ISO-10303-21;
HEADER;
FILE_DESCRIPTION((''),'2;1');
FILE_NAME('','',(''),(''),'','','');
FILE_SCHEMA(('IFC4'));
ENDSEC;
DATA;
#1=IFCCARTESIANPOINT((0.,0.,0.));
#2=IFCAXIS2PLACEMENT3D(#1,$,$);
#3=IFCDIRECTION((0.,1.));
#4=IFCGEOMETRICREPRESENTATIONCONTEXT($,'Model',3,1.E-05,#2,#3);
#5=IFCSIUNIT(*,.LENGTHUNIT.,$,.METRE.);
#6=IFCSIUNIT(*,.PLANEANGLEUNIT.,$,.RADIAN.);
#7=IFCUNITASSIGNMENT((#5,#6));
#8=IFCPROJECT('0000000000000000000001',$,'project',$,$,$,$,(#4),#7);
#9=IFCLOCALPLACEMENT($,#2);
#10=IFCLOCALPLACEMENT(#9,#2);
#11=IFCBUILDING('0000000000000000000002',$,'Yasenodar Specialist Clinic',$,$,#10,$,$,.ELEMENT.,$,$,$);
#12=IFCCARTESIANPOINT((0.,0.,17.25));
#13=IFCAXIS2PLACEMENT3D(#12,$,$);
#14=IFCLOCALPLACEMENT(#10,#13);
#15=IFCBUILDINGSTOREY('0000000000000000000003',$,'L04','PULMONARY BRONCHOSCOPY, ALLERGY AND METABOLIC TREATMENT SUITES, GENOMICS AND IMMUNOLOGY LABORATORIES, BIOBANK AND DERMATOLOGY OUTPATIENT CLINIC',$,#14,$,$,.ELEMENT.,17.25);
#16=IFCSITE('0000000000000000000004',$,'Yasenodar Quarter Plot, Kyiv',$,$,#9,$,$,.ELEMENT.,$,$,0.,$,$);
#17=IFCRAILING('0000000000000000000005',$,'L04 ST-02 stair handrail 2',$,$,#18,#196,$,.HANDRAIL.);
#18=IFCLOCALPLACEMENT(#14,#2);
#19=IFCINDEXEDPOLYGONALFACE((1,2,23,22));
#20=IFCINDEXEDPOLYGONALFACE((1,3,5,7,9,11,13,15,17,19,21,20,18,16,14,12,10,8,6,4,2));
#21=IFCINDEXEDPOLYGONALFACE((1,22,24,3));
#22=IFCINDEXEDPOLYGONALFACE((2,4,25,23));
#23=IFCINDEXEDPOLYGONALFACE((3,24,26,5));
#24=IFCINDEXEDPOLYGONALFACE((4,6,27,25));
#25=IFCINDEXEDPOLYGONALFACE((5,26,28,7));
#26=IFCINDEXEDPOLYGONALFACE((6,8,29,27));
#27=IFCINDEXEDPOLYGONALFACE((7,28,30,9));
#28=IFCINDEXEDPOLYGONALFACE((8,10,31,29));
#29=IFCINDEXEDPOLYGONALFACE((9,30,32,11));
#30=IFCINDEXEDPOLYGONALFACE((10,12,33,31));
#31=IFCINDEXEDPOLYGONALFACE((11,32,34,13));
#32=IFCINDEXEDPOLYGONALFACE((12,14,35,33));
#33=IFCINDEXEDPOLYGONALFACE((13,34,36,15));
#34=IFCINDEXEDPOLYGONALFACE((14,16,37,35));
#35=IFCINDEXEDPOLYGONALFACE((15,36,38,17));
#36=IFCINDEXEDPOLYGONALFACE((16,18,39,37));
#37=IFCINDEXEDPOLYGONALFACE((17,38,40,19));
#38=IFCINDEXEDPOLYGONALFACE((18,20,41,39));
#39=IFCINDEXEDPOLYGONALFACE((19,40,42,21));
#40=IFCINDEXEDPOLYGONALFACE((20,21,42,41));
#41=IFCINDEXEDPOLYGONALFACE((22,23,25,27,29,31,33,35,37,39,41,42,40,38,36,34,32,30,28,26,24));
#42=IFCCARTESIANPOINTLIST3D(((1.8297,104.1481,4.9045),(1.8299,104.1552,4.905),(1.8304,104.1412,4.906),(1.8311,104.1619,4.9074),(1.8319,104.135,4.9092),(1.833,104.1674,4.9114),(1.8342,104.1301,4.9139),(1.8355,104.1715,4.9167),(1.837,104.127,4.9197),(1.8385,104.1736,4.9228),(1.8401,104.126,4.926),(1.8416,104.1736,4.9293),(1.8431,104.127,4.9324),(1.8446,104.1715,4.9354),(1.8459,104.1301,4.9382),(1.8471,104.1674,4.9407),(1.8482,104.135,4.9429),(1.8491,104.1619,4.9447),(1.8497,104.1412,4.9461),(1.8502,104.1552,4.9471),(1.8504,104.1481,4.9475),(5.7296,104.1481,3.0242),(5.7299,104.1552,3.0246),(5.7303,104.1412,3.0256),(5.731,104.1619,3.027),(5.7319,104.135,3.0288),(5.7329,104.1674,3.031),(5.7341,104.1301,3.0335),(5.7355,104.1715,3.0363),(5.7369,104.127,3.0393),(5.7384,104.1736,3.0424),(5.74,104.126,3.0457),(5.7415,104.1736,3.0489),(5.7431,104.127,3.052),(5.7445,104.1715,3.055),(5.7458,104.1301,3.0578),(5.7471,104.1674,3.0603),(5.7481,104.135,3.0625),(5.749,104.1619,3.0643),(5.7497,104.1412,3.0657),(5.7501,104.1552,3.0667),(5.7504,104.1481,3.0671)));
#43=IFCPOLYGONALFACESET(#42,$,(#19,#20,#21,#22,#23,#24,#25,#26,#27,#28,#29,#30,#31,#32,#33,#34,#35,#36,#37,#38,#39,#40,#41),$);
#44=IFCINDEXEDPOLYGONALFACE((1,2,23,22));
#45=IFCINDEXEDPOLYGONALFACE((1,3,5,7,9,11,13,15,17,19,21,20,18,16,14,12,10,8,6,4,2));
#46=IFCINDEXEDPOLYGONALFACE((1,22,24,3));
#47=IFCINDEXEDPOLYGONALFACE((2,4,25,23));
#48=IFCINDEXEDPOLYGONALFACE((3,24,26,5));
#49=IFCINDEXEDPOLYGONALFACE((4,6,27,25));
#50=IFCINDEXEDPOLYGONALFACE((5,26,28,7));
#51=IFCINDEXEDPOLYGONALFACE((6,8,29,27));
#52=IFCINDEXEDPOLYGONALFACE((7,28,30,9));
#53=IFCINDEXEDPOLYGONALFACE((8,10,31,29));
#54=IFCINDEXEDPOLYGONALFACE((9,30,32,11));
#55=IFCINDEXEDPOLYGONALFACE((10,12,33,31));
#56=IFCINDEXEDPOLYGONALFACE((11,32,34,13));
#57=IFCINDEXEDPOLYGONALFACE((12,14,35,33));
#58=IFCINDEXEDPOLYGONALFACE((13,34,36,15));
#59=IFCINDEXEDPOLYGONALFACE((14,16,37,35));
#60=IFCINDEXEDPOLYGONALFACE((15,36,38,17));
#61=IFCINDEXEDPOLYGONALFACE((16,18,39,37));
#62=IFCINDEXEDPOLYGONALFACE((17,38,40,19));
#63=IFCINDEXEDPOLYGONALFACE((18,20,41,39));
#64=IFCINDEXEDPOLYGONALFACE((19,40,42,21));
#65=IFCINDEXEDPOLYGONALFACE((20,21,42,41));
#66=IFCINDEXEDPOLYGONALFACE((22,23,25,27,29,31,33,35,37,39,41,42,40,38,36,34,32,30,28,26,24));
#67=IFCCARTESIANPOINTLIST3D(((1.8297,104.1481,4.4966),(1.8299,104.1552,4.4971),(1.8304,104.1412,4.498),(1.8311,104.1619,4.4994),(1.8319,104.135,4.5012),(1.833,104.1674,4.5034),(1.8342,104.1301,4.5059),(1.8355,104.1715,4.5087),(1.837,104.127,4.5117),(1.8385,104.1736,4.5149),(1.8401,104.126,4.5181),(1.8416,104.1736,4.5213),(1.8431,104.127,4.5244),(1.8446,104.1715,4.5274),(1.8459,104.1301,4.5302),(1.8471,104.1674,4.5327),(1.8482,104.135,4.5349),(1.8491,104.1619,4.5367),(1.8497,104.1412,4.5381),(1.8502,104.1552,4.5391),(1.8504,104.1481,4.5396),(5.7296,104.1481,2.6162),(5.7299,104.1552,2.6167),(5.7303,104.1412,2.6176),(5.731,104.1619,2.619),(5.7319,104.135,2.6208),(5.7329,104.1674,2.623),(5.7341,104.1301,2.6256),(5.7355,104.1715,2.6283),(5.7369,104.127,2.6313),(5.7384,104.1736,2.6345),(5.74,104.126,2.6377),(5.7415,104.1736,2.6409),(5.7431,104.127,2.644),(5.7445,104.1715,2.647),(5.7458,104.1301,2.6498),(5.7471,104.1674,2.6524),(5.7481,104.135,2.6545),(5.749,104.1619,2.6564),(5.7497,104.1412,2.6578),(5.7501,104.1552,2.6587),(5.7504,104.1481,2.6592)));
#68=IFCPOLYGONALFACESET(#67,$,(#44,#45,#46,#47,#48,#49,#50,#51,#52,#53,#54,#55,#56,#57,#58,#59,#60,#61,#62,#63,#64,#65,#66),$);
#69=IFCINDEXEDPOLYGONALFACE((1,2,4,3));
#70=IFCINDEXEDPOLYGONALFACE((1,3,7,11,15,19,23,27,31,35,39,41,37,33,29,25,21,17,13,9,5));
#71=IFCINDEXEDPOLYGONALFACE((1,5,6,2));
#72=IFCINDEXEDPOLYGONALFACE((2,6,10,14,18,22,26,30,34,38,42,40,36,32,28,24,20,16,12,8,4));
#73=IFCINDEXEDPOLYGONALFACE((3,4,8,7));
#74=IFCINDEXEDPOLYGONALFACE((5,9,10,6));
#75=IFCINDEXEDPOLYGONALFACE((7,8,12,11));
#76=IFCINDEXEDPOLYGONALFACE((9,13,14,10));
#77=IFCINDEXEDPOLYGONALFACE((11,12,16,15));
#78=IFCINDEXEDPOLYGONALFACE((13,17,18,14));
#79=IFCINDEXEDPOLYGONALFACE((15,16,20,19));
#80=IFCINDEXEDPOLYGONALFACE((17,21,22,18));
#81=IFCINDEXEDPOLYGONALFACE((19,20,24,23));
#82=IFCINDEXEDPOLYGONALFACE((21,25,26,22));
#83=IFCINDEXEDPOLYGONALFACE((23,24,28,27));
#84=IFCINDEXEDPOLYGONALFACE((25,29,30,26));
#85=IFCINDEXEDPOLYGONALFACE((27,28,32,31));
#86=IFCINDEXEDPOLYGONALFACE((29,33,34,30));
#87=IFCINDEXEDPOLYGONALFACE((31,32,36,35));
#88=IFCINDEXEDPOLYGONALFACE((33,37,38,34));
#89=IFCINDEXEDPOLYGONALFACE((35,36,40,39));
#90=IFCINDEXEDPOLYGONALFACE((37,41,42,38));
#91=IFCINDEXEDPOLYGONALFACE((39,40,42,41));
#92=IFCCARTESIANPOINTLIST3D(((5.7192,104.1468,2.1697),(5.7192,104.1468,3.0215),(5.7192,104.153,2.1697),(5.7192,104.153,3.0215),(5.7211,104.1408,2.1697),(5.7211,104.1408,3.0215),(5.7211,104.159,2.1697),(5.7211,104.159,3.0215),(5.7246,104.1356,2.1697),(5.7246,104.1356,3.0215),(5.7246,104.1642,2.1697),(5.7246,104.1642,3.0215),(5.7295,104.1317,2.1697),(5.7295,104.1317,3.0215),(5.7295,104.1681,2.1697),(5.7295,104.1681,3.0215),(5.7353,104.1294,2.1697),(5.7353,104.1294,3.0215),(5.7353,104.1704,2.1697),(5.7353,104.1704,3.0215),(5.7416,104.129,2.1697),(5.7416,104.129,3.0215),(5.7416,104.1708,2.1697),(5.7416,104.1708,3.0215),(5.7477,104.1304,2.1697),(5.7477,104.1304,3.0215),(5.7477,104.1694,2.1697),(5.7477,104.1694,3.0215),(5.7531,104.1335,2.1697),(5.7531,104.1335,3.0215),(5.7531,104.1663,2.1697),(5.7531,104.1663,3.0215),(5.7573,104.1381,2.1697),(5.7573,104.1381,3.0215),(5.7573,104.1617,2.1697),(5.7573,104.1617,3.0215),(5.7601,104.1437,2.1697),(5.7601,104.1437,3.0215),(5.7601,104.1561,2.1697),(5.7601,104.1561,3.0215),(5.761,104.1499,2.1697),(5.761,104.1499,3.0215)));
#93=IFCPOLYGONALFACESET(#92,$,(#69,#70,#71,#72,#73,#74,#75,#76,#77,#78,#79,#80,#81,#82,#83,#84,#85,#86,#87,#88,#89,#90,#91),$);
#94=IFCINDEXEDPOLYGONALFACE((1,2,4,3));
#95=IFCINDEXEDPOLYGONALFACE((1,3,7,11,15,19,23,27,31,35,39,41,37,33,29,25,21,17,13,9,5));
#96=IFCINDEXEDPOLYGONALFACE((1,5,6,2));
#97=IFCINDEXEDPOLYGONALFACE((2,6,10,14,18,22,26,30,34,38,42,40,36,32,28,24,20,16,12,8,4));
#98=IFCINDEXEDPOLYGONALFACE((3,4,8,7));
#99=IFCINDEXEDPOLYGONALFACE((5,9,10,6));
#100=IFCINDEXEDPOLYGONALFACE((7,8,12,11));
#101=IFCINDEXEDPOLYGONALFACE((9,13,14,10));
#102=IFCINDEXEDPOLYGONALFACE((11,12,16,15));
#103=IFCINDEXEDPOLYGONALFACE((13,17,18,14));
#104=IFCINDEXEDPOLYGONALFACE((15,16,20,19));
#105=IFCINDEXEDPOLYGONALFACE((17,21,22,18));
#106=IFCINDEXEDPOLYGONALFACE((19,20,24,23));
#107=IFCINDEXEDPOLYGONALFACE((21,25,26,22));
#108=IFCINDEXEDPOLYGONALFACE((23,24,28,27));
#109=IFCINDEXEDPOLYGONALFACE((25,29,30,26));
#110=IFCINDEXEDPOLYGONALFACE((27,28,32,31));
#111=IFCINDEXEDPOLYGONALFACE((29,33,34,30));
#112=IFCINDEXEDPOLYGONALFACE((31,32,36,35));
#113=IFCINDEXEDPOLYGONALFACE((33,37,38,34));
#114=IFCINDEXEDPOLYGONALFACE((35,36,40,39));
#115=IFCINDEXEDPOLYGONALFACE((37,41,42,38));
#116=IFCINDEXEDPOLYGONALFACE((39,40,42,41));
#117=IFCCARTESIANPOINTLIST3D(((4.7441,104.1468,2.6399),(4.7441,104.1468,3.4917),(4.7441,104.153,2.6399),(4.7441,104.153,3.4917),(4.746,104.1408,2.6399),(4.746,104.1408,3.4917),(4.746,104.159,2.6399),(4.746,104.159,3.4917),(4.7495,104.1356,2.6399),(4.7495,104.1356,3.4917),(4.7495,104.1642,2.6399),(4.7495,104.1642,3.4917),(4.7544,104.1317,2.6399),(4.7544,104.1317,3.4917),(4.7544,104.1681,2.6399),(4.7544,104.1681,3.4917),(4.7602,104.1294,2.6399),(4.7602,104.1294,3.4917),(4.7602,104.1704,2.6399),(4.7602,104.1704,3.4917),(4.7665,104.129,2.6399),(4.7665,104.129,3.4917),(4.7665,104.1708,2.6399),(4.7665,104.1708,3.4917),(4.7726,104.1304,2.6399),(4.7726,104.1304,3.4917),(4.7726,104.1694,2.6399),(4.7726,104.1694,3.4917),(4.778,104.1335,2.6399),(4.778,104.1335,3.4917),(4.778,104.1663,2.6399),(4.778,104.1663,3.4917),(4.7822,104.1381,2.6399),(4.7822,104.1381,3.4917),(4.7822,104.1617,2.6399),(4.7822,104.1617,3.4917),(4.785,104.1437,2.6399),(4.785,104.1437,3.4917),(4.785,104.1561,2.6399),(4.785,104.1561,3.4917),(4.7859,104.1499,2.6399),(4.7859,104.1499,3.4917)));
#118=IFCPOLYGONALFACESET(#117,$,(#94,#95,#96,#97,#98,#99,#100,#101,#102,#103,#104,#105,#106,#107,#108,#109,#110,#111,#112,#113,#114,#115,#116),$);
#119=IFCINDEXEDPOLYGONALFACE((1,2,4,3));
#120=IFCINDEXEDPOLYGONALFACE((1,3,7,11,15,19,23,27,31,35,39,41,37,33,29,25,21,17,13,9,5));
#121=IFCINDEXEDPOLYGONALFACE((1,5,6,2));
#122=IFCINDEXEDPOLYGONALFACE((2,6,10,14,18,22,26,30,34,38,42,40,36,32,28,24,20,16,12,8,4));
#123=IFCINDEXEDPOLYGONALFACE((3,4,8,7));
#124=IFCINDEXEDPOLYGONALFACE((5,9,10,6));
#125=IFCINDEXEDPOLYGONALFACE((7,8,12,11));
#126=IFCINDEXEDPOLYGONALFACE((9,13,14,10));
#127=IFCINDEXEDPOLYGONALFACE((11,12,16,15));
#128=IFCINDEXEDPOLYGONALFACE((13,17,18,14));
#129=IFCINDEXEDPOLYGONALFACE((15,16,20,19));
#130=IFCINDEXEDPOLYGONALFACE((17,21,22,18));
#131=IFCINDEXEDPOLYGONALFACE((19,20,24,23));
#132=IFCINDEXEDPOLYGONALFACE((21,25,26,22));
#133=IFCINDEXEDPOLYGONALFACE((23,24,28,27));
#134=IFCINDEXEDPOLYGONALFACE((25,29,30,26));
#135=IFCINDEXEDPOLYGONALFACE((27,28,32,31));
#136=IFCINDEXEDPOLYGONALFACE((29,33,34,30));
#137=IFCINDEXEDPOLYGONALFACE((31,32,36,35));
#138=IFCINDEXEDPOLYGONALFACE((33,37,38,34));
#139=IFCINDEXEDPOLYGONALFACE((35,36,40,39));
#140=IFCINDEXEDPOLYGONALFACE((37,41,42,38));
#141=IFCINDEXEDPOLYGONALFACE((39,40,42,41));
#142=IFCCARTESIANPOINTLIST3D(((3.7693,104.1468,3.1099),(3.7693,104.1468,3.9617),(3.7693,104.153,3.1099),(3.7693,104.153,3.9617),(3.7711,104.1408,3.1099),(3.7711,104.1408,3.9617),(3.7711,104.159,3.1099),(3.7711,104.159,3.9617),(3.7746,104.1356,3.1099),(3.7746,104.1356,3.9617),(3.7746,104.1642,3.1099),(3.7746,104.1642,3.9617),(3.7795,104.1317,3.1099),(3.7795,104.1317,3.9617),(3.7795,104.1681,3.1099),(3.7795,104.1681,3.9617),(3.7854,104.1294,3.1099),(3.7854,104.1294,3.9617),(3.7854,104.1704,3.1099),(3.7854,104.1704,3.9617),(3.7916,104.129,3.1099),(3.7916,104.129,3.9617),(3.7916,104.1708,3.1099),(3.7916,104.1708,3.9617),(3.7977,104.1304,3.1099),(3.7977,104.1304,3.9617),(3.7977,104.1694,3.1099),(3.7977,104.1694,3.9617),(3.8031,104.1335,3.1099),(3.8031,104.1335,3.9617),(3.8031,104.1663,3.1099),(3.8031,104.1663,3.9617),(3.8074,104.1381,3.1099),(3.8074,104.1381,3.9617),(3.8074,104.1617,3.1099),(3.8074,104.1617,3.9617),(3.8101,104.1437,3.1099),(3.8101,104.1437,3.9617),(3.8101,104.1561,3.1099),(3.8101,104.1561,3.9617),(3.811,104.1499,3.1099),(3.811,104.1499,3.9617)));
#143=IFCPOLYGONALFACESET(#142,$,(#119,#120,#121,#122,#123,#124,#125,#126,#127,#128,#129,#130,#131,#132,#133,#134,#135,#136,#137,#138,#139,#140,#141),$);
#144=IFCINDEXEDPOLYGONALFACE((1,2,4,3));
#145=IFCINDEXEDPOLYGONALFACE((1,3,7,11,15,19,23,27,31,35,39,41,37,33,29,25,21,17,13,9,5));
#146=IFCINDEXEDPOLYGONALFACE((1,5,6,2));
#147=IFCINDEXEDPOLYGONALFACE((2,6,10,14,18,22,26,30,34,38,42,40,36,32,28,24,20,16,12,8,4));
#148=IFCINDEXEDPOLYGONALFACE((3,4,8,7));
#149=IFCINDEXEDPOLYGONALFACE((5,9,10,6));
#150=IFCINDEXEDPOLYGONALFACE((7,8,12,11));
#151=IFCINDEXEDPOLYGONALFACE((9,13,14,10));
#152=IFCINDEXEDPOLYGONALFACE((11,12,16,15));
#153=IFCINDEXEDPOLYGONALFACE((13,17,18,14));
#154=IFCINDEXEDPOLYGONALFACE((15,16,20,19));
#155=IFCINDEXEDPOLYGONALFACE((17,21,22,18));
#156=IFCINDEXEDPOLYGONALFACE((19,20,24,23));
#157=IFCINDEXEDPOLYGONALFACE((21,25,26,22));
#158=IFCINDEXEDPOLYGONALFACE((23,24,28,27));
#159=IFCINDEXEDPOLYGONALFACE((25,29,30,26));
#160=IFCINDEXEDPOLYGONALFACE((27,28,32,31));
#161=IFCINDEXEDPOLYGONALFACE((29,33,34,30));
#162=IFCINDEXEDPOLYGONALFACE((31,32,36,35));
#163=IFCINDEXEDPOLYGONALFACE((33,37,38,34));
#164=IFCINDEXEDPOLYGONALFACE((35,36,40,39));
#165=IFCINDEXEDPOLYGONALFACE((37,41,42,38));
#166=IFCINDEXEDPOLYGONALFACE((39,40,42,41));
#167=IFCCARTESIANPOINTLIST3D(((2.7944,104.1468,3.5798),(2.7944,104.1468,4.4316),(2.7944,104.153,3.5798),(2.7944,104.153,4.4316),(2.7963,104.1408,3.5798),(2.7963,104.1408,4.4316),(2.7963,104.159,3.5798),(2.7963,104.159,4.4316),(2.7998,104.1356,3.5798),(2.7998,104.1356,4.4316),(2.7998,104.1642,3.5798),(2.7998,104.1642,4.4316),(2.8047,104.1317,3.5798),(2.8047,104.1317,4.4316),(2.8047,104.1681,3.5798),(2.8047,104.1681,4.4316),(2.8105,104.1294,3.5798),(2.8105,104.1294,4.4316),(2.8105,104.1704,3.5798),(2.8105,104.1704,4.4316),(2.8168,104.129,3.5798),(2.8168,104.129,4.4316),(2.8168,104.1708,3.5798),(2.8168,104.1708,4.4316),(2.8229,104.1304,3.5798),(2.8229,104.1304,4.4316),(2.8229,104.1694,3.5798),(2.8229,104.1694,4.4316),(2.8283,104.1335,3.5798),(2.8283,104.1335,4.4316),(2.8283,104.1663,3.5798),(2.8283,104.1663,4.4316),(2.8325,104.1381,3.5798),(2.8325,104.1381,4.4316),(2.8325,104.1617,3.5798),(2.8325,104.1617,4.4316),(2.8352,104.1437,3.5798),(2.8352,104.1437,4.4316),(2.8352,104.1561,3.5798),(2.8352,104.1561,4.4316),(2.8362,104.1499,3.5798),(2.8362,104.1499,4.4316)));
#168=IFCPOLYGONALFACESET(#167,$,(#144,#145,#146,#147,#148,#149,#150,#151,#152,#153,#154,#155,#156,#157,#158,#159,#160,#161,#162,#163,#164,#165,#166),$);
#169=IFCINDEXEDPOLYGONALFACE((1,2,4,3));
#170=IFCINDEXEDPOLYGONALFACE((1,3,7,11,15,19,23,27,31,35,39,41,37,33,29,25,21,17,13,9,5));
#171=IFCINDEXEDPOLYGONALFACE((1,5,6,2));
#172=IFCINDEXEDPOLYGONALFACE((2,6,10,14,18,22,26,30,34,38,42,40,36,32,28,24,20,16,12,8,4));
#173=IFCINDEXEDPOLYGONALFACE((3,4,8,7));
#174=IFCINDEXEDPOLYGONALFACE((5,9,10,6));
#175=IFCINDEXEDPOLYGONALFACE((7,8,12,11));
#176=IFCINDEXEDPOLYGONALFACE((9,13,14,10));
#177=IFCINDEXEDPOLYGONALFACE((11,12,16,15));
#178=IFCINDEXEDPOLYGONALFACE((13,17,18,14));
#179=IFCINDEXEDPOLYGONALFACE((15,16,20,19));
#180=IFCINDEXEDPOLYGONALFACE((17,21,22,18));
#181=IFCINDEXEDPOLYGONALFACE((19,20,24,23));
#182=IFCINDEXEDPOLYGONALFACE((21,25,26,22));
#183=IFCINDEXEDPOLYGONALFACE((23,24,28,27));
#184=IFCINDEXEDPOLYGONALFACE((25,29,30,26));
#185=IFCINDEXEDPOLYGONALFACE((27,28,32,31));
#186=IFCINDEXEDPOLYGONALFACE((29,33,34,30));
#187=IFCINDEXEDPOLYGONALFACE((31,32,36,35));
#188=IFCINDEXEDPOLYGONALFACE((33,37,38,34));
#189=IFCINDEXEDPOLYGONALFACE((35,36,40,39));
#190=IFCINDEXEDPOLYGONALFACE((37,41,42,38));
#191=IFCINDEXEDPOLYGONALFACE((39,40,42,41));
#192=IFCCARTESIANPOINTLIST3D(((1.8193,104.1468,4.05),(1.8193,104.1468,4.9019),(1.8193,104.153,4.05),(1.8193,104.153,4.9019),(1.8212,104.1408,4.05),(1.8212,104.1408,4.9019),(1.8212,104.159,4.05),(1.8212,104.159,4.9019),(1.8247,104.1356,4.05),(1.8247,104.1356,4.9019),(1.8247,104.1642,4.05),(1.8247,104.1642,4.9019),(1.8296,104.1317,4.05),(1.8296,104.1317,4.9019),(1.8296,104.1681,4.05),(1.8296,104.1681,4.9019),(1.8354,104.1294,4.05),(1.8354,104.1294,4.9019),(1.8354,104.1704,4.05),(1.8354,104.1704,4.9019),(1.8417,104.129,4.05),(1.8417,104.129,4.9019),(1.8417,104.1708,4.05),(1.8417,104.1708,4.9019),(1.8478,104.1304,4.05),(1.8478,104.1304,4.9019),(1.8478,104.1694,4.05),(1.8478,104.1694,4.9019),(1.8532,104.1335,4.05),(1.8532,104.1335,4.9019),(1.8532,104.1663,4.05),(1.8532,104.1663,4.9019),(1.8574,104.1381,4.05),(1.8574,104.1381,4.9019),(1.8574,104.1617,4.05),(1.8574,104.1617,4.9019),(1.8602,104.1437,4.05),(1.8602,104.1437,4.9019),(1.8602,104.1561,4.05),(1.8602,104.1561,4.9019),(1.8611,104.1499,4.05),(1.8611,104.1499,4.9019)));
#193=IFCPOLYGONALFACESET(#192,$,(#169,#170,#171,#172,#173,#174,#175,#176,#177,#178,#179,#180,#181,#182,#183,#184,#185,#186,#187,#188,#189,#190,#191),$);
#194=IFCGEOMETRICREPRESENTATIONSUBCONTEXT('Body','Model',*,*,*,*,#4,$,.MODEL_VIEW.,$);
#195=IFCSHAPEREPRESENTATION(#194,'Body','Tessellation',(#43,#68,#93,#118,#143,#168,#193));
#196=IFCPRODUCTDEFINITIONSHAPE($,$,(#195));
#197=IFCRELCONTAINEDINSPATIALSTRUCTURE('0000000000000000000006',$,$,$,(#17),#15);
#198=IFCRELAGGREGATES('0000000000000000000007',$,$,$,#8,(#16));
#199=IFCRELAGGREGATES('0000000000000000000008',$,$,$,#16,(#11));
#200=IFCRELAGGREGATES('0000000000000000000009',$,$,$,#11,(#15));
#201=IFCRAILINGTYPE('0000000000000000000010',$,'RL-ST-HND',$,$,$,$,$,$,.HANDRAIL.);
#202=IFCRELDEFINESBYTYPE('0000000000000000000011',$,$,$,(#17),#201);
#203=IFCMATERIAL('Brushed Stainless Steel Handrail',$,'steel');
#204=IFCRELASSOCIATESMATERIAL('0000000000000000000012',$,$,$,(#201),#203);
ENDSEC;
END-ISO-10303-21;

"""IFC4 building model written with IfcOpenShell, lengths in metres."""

from ifc_helpers import new_model, si_unit, direction, frame, origin, origin_2d, place, context, subcontext, project, spatial, circle, extrude, material, type_object, element, save


model = new_model("IFC4")

# Units and contexts
model_context = context("Model", 3, precision=1e-05, world=origin(), true_north=direction((0.0, 1.0)))
body_context = subcontext(model_context, "Body", "Model", "MODEL_VIEW")
ifc_project = project(units=[si_unit("LENGTHUNIT", "METRE"), si_unit("PLANEANGLEUNIT", "RADIAN")], contexts=[model_context])

# Site, building, storey
site_placement = place(None, origin())
site = spatial("IfcSite", under=ifc_project, at=site_placement, Name="Yasenodar Quarter Plot, Kyiv", CompositionType="ELEMENT", RefElevation=0.0)
building_placement = place(site_placement, origin())
building = spatial("IfcBuilding", under=site, at=building_placement, Name="Yasenodar Specialist Clinic", CompositionType="ELEMENT")
storey_placement = place(building_placement, frame((0.0, 0.0, 17.25)))
storey = spatial("IfcBuildingStorey", under=building, at=storey_placement, Name="L04", Description="PULMONARY BRONCHOSCOPY, ALLERGY AND METABOLIC TREATMENT SUITES, GENOMICS AND IMMUNOLOGY LABORATORIES, BIOBANK AND DERMATOLOGY OUTPATIENT CLINIC", CompositionType="ELEMENT", Elevation=17.25)

# Railing
ifc_material_1 = material(Name="Brushed Stainless Steel Handrail", Category="steel")
railing_type_1 = type_object("IfcRailingType", Name="RL-ST-HND", PredefinedType="HANDRAIL", material=ifc_material_1)
railing_1_placement = place(storey_placement, frame((5.74, 104.1499, 2.1697)))
element("IfcRailing", 1, at=railing_1_placement, inside=storey, type_object=railing_type_1, Name="L04 ST-02 stair handrail 2", PredefinedType="HANDRAIL", context=body_context, shape_type="SweptSolid", body=[
    extrude(circle(Radius=0.0239, at=origin_2d()), frame((0.0, 0.0, 0.876), z_axis=(-0.900763, 0.0, 0.434311), x_axis=(0.0, -1.0, 0.0)), (0.0, 0.0, 1.0), 4.3296),
    extrude(circle(Radius=0.0239, at=origin_2d()), frame((0.0, 0.0, 0.468), z_axis=(-0.900763, 0.0, 0.434311), x_axis=(0.0, -1.0, 0.0)), (0.0, 0.0, 1.0), 4.3296),
    extrude(circle(Radius=0.021, at=origin_2d()), origin(), (0.0, 0.0, 1.0), 0.8518),
    extrude(circle(Radius=0.021, at=origin_2d()), frame((-0.9751, 0.0, 0.4702)), (0.0, 0.0, 1.0), 0.8518),
    extrude(circle(Radius=0.021, at=origin_2d()), frame((-1.95, 0.0, 0.9402)), (0.0, 0.0, 1.0), 0.8518),
    extrude(circle(Radius=0.021, at=origin_2d()), frame((-2.9248, 0.0, 1.4102)), (0.0, 0.0, 1.0), 0.8518),
    extrude(circle(Radius=0.021, at=origin_2d()), frame((-3.8999, 0.0, 1.8804)), (0.0, 0.0, 1.0), 0.8518),
])

save(model, "model.ifc")
